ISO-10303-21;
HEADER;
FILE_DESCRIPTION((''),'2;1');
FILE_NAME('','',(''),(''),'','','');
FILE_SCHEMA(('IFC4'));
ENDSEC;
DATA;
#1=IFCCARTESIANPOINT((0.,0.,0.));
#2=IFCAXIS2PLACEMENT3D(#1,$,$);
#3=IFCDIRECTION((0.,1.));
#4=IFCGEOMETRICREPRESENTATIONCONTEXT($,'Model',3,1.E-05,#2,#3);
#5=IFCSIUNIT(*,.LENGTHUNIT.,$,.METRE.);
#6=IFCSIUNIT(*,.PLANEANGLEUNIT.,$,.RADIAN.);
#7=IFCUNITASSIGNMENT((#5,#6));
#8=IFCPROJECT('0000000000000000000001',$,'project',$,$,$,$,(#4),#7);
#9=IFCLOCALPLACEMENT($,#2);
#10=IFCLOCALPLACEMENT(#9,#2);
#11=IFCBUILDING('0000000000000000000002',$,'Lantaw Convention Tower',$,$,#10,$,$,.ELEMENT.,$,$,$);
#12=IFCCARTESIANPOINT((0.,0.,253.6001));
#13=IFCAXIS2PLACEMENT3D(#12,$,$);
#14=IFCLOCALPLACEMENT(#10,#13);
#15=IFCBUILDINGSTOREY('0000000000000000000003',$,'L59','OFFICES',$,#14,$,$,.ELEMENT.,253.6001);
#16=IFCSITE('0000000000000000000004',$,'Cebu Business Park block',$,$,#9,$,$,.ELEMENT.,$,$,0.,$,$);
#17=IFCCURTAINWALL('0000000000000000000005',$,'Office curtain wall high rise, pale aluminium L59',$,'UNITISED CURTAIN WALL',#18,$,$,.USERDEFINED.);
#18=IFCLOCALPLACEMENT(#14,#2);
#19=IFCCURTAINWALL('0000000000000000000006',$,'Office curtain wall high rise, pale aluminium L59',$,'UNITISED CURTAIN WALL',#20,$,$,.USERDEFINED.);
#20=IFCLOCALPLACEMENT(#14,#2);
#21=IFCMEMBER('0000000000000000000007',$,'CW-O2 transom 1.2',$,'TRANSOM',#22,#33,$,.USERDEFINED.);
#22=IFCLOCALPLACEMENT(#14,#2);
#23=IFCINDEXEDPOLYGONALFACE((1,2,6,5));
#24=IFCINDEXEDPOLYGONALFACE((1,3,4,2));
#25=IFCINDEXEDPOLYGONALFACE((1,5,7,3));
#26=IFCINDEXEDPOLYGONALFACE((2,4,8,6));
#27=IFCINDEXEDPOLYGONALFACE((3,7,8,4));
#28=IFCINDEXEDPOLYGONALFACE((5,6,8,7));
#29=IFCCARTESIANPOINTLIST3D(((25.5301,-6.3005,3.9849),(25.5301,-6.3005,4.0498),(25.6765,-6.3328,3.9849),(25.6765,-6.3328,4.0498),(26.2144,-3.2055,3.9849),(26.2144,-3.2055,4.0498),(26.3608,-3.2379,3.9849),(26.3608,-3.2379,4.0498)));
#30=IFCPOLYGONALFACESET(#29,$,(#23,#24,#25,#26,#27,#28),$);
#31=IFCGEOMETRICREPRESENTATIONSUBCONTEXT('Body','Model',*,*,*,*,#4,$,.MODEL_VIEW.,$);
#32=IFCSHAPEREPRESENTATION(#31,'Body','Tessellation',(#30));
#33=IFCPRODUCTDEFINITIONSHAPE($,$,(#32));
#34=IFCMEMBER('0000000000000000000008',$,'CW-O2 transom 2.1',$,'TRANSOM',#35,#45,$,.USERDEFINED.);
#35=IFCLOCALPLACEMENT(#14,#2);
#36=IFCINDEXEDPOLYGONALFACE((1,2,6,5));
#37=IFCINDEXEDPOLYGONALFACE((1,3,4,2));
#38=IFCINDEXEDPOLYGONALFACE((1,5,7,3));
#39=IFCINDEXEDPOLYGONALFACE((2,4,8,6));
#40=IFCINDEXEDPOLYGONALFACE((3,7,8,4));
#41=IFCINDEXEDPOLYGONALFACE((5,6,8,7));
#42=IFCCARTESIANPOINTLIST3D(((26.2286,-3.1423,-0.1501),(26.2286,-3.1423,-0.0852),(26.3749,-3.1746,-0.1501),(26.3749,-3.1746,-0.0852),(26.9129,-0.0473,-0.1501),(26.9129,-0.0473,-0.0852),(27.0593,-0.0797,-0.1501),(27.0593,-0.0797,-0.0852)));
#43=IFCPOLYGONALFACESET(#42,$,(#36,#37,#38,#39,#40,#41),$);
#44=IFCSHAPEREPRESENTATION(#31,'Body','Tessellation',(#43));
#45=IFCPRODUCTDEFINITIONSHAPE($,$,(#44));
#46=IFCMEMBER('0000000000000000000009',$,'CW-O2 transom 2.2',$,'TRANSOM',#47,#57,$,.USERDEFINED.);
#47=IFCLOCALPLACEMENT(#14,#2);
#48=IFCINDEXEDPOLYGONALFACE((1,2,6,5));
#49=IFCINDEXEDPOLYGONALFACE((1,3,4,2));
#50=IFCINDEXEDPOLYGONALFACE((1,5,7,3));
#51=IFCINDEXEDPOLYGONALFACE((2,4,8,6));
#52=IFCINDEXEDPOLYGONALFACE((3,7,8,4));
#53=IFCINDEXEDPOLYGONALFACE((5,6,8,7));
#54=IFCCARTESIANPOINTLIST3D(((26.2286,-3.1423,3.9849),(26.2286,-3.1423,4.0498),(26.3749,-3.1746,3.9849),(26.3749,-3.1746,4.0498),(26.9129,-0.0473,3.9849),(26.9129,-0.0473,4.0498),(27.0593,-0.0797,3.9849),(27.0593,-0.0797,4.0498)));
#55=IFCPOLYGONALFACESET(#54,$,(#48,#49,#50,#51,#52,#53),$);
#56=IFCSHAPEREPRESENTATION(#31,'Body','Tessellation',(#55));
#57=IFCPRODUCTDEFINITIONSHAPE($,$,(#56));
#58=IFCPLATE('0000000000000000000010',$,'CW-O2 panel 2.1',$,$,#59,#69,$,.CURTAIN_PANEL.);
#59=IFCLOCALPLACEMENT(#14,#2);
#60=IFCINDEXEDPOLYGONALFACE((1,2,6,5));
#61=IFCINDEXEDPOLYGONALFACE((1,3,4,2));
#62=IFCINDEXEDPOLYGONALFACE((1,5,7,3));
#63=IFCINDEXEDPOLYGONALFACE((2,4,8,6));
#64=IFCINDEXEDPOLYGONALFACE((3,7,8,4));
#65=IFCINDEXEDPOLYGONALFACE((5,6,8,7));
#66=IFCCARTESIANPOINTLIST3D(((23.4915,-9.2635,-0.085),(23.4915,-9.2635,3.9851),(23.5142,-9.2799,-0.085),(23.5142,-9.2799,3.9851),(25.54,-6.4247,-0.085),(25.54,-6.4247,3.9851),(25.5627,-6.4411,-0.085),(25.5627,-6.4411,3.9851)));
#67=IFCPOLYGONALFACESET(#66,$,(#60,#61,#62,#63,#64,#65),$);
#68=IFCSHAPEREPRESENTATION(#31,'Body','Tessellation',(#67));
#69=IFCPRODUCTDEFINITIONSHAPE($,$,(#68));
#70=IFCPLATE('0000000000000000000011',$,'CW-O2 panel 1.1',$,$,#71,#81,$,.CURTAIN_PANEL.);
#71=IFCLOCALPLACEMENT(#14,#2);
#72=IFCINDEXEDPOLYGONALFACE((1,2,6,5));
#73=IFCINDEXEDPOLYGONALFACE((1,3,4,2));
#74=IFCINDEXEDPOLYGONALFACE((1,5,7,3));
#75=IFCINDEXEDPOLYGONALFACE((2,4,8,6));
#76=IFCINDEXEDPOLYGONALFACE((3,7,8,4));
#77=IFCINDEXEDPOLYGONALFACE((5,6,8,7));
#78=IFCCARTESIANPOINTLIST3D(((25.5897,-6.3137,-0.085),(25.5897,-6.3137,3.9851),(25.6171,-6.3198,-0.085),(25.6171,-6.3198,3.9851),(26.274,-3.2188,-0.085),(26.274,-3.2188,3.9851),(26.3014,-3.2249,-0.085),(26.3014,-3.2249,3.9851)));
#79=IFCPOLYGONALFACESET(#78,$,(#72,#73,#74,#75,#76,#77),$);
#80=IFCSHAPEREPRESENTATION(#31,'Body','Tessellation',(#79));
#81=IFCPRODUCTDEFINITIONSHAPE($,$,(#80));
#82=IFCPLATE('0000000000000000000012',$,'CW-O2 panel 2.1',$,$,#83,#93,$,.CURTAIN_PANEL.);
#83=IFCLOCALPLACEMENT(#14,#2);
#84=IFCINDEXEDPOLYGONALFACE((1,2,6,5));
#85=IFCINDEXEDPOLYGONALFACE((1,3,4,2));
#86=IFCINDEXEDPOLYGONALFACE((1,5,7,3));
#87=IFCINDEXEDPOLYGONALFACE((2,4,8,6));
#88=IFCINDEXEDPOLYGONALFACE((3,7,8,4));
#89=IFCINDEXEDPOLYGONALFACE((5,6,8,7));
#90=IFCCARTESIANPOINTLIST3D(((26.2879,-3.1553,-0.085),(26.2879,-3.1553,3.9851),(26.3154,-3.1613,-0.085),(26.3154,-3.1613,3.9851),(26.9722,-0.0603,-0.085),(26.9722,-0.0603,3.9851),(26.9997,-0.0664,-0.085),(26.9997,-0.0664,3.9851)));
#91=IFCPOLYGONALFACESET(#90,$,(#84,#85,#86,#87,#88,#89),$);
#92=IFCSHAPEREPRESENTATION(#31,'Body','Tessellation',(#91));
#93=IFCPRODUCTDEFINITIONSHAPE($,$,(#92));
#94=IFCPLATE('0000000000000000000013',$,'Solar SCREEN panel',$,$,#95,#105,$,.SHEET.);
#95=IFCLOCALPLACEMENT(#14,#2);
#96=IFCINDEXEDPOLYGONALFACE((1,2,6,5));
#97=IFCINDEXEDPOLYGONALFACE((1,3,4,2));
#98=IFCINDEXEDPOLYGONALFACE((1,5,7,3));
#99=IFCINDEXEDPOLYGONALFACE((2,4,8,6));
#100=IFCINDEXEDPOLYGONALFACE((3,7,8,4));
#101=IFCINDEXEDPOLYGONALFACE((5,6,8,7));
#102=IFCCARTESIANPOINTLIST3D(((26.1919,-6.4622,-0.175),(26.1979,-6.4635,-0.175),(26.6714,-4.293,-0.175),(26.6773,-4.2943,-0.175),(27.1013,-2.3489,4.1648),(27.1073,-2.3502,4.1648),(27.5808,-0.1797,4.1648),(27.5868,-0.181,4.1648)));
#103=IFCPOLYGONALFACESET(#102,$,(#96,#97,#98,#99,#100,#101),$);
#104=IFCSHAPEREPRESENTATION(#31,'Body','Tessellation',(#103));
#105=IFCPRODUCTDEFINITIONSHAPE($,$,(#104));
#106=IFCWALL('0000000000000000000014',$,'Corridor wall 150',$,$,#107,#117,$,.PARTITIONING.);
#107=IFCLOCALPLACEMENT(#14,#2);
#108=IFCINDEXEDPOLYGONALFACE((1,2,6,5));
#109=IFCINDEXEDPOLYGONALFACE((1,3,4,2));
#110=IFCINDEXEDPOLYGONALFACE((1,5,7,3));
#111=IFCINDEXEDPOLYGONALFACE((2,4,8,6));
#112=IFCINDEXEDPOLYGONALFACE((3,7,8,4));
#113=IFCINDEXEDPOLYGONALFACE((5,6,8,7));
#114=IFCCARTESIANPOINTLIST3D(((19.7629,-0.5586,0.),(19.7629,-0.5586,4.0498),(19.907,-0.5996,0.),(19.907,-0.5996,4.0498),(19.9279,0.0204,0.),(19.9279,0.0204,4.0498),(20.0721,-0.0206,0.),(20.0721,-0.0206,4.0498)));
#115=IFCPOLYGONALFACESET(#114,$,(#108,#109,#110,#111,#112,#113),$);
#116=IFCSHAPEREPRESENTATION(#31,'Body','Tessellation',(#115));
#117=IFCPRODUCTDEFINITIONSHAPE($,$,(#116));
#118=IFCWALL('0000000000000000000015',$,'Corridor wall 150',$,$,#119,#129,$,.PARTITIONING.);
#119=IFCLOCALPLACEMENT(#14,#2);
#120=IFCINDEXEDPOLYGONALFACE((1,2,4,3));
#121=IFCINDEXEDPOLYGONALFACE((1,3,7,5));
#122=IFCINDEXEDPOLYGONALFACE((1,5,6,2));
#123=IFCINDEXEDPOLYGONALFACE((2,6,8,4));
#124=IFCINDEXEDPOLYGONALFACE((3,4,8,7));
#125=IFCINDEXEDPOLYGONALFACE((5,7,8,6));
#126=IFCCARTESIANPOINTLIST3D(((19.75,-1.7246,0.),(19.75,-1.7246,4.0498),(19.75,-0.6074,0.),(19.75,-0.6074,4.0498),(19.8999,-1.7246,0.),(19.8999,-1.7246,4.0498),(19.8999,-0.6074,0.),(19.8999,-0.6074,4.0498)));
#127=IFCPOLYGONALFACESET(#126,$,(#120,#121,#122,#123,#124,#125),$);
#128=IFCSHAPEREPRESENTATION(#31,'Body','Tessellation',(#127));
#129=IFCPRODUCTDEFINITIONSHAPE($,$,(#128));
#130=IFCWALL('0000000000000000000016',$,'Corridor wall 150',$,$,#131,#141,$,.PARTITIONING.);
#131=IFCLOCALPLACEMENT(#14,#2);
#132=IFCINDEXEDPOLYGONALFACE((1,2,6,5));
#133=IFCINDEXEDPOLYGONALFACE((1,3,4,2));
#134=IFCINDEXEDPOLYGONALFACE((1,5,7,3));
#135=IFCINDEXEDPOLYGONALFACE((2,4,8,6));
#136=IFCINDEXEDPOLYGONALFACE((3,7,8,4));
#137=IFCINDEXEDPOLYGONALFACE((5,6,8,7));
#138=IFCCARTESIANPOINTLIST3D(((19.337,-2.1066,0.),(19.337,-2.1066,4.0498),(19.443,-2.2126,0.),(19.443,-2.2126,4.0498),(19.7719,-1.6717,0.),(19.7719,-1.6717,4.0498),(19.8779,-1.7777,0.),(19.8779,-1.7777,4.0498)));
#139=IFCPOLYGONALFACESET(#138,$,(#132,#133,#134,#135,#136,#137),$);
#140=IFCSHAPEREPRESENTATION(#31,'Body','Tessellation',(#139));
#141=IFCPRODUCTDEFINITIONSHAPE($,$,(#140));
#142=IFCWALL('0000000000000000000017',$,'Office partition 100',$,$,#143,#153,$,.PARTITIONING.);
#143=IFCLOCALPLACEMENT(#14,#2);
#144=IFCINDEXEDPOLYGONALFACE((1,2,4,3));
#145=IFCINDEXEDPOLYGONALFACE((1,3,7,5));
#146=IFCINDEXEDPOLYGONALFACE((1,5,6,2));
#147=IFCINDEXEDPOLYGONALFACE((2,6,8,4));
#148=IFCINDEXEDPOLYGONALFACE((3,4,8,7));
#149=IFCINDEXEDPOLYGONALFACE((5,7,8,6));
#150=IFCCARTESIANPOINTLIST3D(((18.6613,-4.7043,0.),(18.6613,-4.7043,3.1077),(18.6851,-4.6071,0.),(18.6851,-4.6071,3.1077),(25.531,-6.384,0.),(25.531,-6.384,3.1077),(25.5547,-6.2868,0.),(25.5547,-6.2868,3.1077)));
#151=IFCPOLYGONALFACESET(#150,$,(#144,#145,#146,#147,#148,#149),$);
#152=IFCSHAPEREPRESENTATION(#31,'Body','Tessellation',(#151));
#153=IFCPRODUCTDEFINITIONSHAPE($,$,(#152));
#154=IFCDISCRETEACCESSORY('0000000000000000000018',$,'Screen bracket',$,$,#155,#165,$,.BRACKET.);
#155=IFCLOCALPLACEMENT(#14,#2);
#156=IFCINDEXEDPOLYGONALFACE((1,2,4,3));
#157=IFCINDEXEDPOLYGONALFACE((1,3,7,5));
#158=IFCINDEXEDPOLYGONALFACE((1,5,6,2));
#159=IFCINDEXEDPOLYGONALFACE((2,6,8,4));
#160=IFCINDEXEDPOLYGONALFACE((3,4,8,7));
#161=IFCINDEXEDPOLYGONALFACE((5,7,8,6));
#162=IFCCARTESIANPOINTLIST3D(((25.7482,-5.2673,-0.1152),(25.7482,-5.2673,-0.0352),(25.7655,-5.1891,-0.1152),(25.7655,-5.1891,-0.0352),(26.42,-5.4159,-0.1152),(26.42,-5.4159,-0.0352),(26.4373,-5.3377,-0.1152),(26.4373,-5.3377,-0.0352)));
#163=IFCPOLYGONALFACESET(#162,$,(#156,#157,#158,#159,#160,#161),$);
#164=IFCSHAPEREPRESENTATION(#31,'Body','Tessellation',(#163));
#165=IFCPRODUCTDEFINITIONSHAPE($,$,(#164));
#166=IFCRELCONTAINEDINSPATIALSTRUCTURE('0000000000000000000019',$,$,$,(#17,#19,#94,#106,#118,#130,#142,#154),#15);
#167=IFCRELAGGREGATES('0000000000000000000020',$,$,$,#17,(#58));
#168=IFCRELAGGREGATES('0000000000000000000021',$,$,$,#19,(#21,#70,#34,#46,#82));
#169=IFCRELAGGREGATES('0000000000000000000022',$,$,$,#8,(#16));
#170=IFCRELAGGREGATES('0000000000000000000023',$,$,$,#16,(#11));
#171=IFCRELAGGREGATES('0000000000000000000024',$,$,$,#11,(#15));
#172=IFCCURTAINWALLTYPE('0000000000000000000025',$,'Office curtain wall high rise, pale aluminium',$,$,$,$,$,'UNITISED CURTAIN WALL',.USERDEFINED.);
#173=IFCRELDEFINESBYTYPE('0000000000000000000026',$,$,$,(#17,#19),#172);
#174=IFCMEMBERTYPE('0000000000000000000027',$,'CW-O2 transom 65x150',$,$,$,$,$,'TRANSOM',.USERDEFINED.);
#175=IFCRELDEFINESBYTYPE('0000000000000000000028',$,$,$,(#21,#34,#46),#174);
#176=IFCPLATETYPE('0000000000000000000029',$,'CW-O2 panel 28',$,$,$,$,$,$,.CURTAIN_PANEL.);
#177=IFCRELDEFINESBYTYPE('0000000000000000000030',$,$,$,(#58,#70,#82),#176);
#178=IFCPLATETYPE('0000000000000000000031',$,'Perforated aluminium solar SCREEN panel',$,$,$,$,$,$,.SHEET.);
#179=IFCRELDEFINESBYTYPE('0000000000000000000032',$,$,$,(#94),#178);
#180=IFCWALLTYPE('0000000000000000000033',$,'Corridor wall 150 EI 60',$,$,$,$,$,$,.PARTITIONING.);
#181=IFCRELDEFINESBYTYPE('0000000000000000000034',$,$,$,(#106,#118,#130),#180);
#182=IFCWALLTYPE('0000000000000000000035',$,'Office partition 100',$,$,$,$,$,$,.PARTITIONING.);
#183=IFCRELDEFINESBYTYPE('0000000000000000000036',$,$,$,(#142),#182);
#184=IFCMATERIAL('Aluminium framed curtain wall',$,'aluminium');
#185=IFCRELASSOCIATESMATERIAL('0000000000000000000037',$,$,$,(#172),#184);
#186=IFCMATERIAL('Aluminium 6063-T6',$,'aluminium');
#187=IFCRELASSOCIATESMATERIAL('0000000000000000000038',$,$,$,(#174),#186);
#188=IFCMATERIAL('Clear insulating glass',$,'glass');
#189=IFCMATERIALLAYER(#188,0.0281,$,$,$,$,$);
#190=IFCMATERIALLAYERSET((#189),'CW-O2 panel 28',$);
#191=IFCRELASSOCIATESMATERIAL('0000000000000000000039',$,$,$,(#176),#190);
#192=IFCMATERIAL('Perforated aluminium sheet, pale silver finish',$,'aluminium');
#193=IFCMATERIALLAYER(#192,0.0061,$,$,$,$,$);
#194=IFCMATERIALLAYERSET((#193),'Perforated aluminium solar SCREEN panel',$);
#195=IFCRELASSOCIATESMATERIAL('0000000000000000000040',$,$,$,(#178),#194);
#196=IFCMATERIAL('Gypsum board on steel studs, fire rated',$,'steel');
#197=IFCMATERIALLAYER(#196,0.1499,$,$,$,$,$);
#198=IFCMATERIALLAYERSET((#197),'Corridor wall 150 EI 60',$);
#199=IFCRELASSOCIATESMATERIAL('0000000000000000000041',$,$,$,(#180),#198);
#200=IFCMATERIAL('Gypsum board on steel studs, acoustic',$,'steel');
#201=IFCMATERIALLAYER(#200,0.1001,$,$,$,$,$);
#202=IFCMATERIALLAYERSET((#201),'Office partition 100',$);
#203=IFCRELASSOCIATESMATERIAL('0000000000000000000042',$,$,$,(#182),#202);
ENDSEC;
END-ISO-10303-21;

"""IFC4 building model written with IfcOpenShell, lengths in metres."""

from ifc_helpers import new_model, si_unit, direction, frame, frame_2d, origin, origin_2d, place, context, subcontext, project, spatial, polyline, rectangle, outline, extrude, material, layer, layer_set, material_profile, profile_set, type_object, element, aggregate, save


model = new_model("IFC4")

# Units and contexts
model_context = context("Model", 3, precision=1e-05, world=origin(), true_north=direction((0.0, 1.0)))
body_context = subcontext(model_context, "Body", "Model", "MODEL_VIEW")
ifc_project = project(units=[si_unit("LENGTHUNIT", "METRE"), si_unit("PLANEANGLEUNIT", "RADIAN")], contexts=[model_context])

# Site, building, storey
site_placement = place(None, origin())
site = spatial("IfcSite", under=ifc_project, at=site_placement, Name="Cebu Business Park block", CompositionType="ELEMENT", RefElevation=0.0)
building_placement = place(site_placement, origin())
building = spatial("IfcBuilding", under=site, at=building_placement, Name="Lantaw Convention Tower", CompositionType="ELEMENT")
storey_placement = place(building_placement, frame((0.0, 0.0, 253.6001)))
storey = spatial("IfcBuildingStorey", under=building, at=storey_placement, Name="L59", Description="OFFICES", CompositionType="ELEMENT", Elevation=253.6001)

# Curtain wall
ifc_material_1 = material(Name="Aluminium framed curtain wall", Category="aluminium")
curtain_wall_type = type_object("IfcCurtainWallType", Name="Office curtain wall high rise, pale aluminium", ElementType="UNITISED CURTAIN WALL", PredefinedType="USERDEFINED", material=ifc_material_1)
curtain_wall_1_placement = place(storey_placement, origin())
curtain_wall_1 = element("IfcCurtainWall", 1, at=curtain_wall_1_placement, inside=storey, type_object=curtain_wall_type, Name="Office curtain wall high rise, pale aluminium L59", ObjectType="UNITISED CURTAIN WALL", PredefinedType="USERDEFINED")
ifc_material_2 = material(Name="Aluminium 6063-T6", Category="aluminium")

# Curtain wall, members
curtain_wall_2_placement = place(storey_placement, origin())
curtain_wall_2 = element("IfcCurtainWall", 2, at=curtain_wall_2_placement, inside=storey, type_object=curtain_wall_type, Name="Office curtain wall high rise, pale aluminium L59", ObjectType="UNITISED CURTAIN WALL", PredefinedType="USERDEFINED")
ifc_material_profile_1 = material_profile(ifc_material_2, rectangle(XDim=0.1499, YDim=0.0649, at=origin_2d()), Name="CW-O2 transom 65x150")
ifc_profile_set_1 = profile_set([ifc_material_profile_1], Name="Aluminium 6063-T6")
member_type_1 = type_object("IfcMemberType", Name="CW-O2 transom 65x150", ElementType="TRANSOM", PredefinedType="USERDEFINED", material=ifc_profile_set_1)
member_1_placement = place(storey_placement, frame((25.6033, -6.3167, 4.0173), z_axis=(0.215895, 0.976417, 0.0), x_axis=(-0.976417, 0.215895, 0.0)))
member_1 = element("IfcMember", 3, at=member_1_placement, type_object=member_type_1, Name="CW-O2 transom 1.2", ObjectType="TRANSOM", PredefinedType="USERDEFINED", context=body_context, shape_type="SweptSolid", body=[
    extrude(rectangle(XDim=0.1499, YDim=0.0649, at=origin_2d()), origin(), (0.0, 0.0, 1.0), 3.1697),
])
member_2_placement = place(storey_placement, frame((26.3018, -3.1584, -0.1177), z_axis=(0.215895, 0.976417, 0.0), x_axis=(-0.976417, 0.215895, 0.0)))
member_2 = element("IfcMember", 4, at=member_2_placement, type_object=member_type_1, Name="CW-O2 transom 2.1", ObjectType="TRANSOM", PredefinedType="USERDEFINED", context=body_context, shape_type="SweptSolid", body=[
    extrude(rectangle(XDim=0.1499, YDim=0.0649, at=origin_2d()), origin(), (0.0, 0.0, 1.0), 3.1697),
])
member_3_placement = place(storey_placement, frame((26.3018, -3.1584, 4.0173), z_axis=(0.215895, 0.976417, 0.0), x_axis=(-0.976417, 0.215895, 0.0)))
member_3 = element("IfcMember", 5, at=member_3_placement, type_object=member_type_1, Name="CW-O2 transom 2.2", ObjectType="TRANSOM", PredefinedType="USERDEFINED", context=body_context, shape_type="SweptSolid", body=[
    extrude(rectangle(XDim=0.1499, YDim=0.0649, at=origin_2d()), origin(), (0.0, 0.0, 1.0), 3.1697),
])

# Plates
ifc_material_3 = material(Name="Clear insulating glass", Category="glass")
ifc_layer_1 = layer(ifc_material_3, 0.0281)
ifc_layer_set_1 = layer_set([ifc_layer_1], Name="CW-O2 panel 28")
plate_type_1 = type_object("IfcPlateType", Name="CW-O2 panel 28", PredefinedType="CURTAIN_PANEL", material=ifc_layer_set_1)
plate_1_placement = place(storey_placement, frame((24.5271, -7.8523, -0.085), z_axis=(0.0, 0.0, 1.0), x_axis=(0.585158, 0.81092, 0.0)))
plate_1 = element("IfcPlate", 6, at=plate_1_placement, type_object=plate_type_1, Name="CW-O2 panel 2.1", PredefinedType="CURTAIN_PANEL", context=body_context, shape_type="SweptSolid", body=[
    extrude(rectangle(XDim=3.5007, YDim=0.0281, at=origin_2d()), origin(), (0.0, 0.0, 1.0), 4.0701),
])
aggregate(curtain_wall_1, [plate_1])
plate_2_placement = place(storey_placement, frame((25.9456, -4.7693, -0.085), z_axis=(0.0, 0.0, 1.0), x_axis=(0.215891, 0.976417, 0.0)))
plate_2 = element("IfcPlate", 7, at=plate_2_placement, type_object=plate_type_1, Name="CW-O2 panel 1.1", PredefinedType="CURTAIN_PANEL", context=body_context, shape_type="SweptSolid", body=[
    extrude(rectangle(XDim=3.1697, YDim=0.0281, at=origin_2d()), origin(), (0.0, 0.0, 1.0), 4.0701),
])
plate_3_placement = place(storey_placement, frame((26.6438, -1.6108, -0.085), z_axis=(0.0, 0.0, 1.0), x_axis=(0.215891, 0.976417, 0.0)))
plate_3 = element("IfcPlate", 8, at=plate_3_placement, type_object=plate_type_1, Name="CW-O2 panel 2.1", PredefinedType="CURTAIN_PANEL", context=body_context, shape_type="SweptSolid", body=[
    extrude(rectangle(XDim=3.1697, YDim=0.0281, at=origin_2d()), origin(), (0.0, 0.0, 1.0), 4.0701),
])
aggregate(curtain_wall_2, [member_1, plate_2, member_2, member_3, plate_3])
ifc_material_4 = material(Name="Perforated aluminium sheet, pale silver finish", Category="aluminium")
ifc_layer_2 = layer(ifc_material_4, 0.0061)
ifc_layer_set_2 = layer_set([ifc_layer_2], Name="Perforated aluminium solar SCREEN panel")
plate_type_2 = type_object("IfcPlateType", Name="Perforated aluminium solar SCREEN panel", PredefinedType="SHEET", material=ifc_layer_set_2)
plate_4_placement = place(storey_placement, frame((26.1919, -6.4622, -0.175), z_axis=(-0.97643, 0.215837, 0.000044), x_axis=(0.215837, 0.97643, 0.0)))
element("IfcPlate", 9, at=plate_4_placement, inside=storey, type_object=plate_type_2, Name="Solar SCREEN panel", PredefinedType="SHEET", context=body_context, shape_type="SweptSolid", body=[
    extrude(outline(polyline([(0.0, 0.0), (2.2216, 0.0), (6.4342, -4.3398), (4.2126, -4.3398), (0.0, 0.0)])), origin(), (0.0, 0.0, -1.0), 0.0061),
])

# Walls
ifc_material_5 = material(Name="Gypsum board on steel studs, fire rated", Category="steel")
ifc_layer_3 = layer(ifc_material_5, 0.1499)
ifc_layer_set_3 = layer_set([ifc_layer_3], Name="Corridor wall 150 EI 60")
wall_type_1 = type_object("IfcWallType", Name="Corridor wall 150 EI 60", PredefinedType="PARTITIONING", material=ifc_layer_set_3)
wall_1_placement = place(storey_placement, frame((19.835, -0.5791, 0.0), z_axis=(0.0, 0.0, 1.0), x_axis=(0.274078, 0.961707, 0.0)))
element("IfcWall", 10, at=wall_1_placement, inside=storey, type_object=wall_type_1, Name="Corridor wall 150", PredefinedType="PARTITIONING", context=body_context, shape_type="SweptSolid", body=[
    extrude(rectangle(XDim=0.6021, YDim=0.1499, at=frame_2d((0.301, 0.0))), origin(), (0.0, 0.0, 1.0), 4.0498),
])
wall_2_placement = place(storey_placement, frame((19.825, -0.6074, 0.0), z_axis=(0.0, 0.0, 1.0), x_axis=(0.0, -1.0, 0.0)))
element("IfcWall", 11, at=wall_2_placement, inside=storey, type_object=wall_type_1, Name="Corridor wall 150", PredefinedType="PARTITIONING", context=body_context, shape_type="SweptSolid", body=[
    extrude(rectangle(XDim=1.1172, YDim=0.1499, at=frame_2d((0.5586, 0.0))), origin(), (0.0, 0.0, 1.0), 4.0498),
])
wall_3_placement = place(storey_placement, frame((19.825, -1.7246, 0.0), z_axis=(0.0, 0.0, 1.0), x_axis=(-0.707107, -0.707107, 0.0)))
element("IfcWall", 12, at=wall_3_placement, inside=storey, type_object=wall_type_1, Name="Corridor wall 150", PredefinedType="PARTITIONING", context=body_context, shape_type="SweptSolid", body=[
    extrude(rectangle(XDim=0.615, YDim=0.1499, at=frame_2d((0.3076, 0.0))), origin(), (0.0, 0.0, 1.0), 4.0498),
])
ifc_material_6 = material(Name="Gypsum board on steel studs, acoustic", Category="steel")
ifc_layer_4 = layer(ifc_material_6, 0.1001)
ifc_layer_set_4 = layer_set([ifc_layer_4], Name="Office partition 100")
wall_type_2 = type_object("IfcWallType", Name="Office partition 100", PredefinedType="PARTITIONING", material=ifc_layer_set_4)
wall_4_placement = place(storey_placement, frame((25.543, -6.3354, 0.0), z_axis=(0.0, 0.0, 1.0), x_axis=(-0.971384, 0.237512, 0.0)))
element("IfcWall", 13, at=wall_4_placement, inside=storey, type_object=wall_type_2, Name="Office partition 100", PredefinedType="PARTITIONING", context=body_context, shape_type="SweptSolid", body=[
    extrude(rectangle(XDim=7.072, YDim=0.1001, at=frame_2d((3.5361, 0.0))), origin(), (0.0, 0.0, 1.0), 3.1077),
])

# Discrete accessory
discrete_accessory_placement = place(storey_placement, frame((26.0928, -5.3025, -0.1152), z_axis=(0.0, 0.0, 1.0), x_axis=(0.215891, 0.976417, 0.0)))
element("IfcDiscreteAccessory", 14, at=discrete_accessory_placement, inside=storey, Name="Screen bracket", PredefinedType="BRACKET", context=body_context, shape_type="SweptSolid", body=[
    extrude(rectangle(XDim=0.0801, YDim=0.688, at=origin_2d()), origin(), (0.0, 0.0, 1.0), 0.0801),
])

save(model, "model.ifc")
